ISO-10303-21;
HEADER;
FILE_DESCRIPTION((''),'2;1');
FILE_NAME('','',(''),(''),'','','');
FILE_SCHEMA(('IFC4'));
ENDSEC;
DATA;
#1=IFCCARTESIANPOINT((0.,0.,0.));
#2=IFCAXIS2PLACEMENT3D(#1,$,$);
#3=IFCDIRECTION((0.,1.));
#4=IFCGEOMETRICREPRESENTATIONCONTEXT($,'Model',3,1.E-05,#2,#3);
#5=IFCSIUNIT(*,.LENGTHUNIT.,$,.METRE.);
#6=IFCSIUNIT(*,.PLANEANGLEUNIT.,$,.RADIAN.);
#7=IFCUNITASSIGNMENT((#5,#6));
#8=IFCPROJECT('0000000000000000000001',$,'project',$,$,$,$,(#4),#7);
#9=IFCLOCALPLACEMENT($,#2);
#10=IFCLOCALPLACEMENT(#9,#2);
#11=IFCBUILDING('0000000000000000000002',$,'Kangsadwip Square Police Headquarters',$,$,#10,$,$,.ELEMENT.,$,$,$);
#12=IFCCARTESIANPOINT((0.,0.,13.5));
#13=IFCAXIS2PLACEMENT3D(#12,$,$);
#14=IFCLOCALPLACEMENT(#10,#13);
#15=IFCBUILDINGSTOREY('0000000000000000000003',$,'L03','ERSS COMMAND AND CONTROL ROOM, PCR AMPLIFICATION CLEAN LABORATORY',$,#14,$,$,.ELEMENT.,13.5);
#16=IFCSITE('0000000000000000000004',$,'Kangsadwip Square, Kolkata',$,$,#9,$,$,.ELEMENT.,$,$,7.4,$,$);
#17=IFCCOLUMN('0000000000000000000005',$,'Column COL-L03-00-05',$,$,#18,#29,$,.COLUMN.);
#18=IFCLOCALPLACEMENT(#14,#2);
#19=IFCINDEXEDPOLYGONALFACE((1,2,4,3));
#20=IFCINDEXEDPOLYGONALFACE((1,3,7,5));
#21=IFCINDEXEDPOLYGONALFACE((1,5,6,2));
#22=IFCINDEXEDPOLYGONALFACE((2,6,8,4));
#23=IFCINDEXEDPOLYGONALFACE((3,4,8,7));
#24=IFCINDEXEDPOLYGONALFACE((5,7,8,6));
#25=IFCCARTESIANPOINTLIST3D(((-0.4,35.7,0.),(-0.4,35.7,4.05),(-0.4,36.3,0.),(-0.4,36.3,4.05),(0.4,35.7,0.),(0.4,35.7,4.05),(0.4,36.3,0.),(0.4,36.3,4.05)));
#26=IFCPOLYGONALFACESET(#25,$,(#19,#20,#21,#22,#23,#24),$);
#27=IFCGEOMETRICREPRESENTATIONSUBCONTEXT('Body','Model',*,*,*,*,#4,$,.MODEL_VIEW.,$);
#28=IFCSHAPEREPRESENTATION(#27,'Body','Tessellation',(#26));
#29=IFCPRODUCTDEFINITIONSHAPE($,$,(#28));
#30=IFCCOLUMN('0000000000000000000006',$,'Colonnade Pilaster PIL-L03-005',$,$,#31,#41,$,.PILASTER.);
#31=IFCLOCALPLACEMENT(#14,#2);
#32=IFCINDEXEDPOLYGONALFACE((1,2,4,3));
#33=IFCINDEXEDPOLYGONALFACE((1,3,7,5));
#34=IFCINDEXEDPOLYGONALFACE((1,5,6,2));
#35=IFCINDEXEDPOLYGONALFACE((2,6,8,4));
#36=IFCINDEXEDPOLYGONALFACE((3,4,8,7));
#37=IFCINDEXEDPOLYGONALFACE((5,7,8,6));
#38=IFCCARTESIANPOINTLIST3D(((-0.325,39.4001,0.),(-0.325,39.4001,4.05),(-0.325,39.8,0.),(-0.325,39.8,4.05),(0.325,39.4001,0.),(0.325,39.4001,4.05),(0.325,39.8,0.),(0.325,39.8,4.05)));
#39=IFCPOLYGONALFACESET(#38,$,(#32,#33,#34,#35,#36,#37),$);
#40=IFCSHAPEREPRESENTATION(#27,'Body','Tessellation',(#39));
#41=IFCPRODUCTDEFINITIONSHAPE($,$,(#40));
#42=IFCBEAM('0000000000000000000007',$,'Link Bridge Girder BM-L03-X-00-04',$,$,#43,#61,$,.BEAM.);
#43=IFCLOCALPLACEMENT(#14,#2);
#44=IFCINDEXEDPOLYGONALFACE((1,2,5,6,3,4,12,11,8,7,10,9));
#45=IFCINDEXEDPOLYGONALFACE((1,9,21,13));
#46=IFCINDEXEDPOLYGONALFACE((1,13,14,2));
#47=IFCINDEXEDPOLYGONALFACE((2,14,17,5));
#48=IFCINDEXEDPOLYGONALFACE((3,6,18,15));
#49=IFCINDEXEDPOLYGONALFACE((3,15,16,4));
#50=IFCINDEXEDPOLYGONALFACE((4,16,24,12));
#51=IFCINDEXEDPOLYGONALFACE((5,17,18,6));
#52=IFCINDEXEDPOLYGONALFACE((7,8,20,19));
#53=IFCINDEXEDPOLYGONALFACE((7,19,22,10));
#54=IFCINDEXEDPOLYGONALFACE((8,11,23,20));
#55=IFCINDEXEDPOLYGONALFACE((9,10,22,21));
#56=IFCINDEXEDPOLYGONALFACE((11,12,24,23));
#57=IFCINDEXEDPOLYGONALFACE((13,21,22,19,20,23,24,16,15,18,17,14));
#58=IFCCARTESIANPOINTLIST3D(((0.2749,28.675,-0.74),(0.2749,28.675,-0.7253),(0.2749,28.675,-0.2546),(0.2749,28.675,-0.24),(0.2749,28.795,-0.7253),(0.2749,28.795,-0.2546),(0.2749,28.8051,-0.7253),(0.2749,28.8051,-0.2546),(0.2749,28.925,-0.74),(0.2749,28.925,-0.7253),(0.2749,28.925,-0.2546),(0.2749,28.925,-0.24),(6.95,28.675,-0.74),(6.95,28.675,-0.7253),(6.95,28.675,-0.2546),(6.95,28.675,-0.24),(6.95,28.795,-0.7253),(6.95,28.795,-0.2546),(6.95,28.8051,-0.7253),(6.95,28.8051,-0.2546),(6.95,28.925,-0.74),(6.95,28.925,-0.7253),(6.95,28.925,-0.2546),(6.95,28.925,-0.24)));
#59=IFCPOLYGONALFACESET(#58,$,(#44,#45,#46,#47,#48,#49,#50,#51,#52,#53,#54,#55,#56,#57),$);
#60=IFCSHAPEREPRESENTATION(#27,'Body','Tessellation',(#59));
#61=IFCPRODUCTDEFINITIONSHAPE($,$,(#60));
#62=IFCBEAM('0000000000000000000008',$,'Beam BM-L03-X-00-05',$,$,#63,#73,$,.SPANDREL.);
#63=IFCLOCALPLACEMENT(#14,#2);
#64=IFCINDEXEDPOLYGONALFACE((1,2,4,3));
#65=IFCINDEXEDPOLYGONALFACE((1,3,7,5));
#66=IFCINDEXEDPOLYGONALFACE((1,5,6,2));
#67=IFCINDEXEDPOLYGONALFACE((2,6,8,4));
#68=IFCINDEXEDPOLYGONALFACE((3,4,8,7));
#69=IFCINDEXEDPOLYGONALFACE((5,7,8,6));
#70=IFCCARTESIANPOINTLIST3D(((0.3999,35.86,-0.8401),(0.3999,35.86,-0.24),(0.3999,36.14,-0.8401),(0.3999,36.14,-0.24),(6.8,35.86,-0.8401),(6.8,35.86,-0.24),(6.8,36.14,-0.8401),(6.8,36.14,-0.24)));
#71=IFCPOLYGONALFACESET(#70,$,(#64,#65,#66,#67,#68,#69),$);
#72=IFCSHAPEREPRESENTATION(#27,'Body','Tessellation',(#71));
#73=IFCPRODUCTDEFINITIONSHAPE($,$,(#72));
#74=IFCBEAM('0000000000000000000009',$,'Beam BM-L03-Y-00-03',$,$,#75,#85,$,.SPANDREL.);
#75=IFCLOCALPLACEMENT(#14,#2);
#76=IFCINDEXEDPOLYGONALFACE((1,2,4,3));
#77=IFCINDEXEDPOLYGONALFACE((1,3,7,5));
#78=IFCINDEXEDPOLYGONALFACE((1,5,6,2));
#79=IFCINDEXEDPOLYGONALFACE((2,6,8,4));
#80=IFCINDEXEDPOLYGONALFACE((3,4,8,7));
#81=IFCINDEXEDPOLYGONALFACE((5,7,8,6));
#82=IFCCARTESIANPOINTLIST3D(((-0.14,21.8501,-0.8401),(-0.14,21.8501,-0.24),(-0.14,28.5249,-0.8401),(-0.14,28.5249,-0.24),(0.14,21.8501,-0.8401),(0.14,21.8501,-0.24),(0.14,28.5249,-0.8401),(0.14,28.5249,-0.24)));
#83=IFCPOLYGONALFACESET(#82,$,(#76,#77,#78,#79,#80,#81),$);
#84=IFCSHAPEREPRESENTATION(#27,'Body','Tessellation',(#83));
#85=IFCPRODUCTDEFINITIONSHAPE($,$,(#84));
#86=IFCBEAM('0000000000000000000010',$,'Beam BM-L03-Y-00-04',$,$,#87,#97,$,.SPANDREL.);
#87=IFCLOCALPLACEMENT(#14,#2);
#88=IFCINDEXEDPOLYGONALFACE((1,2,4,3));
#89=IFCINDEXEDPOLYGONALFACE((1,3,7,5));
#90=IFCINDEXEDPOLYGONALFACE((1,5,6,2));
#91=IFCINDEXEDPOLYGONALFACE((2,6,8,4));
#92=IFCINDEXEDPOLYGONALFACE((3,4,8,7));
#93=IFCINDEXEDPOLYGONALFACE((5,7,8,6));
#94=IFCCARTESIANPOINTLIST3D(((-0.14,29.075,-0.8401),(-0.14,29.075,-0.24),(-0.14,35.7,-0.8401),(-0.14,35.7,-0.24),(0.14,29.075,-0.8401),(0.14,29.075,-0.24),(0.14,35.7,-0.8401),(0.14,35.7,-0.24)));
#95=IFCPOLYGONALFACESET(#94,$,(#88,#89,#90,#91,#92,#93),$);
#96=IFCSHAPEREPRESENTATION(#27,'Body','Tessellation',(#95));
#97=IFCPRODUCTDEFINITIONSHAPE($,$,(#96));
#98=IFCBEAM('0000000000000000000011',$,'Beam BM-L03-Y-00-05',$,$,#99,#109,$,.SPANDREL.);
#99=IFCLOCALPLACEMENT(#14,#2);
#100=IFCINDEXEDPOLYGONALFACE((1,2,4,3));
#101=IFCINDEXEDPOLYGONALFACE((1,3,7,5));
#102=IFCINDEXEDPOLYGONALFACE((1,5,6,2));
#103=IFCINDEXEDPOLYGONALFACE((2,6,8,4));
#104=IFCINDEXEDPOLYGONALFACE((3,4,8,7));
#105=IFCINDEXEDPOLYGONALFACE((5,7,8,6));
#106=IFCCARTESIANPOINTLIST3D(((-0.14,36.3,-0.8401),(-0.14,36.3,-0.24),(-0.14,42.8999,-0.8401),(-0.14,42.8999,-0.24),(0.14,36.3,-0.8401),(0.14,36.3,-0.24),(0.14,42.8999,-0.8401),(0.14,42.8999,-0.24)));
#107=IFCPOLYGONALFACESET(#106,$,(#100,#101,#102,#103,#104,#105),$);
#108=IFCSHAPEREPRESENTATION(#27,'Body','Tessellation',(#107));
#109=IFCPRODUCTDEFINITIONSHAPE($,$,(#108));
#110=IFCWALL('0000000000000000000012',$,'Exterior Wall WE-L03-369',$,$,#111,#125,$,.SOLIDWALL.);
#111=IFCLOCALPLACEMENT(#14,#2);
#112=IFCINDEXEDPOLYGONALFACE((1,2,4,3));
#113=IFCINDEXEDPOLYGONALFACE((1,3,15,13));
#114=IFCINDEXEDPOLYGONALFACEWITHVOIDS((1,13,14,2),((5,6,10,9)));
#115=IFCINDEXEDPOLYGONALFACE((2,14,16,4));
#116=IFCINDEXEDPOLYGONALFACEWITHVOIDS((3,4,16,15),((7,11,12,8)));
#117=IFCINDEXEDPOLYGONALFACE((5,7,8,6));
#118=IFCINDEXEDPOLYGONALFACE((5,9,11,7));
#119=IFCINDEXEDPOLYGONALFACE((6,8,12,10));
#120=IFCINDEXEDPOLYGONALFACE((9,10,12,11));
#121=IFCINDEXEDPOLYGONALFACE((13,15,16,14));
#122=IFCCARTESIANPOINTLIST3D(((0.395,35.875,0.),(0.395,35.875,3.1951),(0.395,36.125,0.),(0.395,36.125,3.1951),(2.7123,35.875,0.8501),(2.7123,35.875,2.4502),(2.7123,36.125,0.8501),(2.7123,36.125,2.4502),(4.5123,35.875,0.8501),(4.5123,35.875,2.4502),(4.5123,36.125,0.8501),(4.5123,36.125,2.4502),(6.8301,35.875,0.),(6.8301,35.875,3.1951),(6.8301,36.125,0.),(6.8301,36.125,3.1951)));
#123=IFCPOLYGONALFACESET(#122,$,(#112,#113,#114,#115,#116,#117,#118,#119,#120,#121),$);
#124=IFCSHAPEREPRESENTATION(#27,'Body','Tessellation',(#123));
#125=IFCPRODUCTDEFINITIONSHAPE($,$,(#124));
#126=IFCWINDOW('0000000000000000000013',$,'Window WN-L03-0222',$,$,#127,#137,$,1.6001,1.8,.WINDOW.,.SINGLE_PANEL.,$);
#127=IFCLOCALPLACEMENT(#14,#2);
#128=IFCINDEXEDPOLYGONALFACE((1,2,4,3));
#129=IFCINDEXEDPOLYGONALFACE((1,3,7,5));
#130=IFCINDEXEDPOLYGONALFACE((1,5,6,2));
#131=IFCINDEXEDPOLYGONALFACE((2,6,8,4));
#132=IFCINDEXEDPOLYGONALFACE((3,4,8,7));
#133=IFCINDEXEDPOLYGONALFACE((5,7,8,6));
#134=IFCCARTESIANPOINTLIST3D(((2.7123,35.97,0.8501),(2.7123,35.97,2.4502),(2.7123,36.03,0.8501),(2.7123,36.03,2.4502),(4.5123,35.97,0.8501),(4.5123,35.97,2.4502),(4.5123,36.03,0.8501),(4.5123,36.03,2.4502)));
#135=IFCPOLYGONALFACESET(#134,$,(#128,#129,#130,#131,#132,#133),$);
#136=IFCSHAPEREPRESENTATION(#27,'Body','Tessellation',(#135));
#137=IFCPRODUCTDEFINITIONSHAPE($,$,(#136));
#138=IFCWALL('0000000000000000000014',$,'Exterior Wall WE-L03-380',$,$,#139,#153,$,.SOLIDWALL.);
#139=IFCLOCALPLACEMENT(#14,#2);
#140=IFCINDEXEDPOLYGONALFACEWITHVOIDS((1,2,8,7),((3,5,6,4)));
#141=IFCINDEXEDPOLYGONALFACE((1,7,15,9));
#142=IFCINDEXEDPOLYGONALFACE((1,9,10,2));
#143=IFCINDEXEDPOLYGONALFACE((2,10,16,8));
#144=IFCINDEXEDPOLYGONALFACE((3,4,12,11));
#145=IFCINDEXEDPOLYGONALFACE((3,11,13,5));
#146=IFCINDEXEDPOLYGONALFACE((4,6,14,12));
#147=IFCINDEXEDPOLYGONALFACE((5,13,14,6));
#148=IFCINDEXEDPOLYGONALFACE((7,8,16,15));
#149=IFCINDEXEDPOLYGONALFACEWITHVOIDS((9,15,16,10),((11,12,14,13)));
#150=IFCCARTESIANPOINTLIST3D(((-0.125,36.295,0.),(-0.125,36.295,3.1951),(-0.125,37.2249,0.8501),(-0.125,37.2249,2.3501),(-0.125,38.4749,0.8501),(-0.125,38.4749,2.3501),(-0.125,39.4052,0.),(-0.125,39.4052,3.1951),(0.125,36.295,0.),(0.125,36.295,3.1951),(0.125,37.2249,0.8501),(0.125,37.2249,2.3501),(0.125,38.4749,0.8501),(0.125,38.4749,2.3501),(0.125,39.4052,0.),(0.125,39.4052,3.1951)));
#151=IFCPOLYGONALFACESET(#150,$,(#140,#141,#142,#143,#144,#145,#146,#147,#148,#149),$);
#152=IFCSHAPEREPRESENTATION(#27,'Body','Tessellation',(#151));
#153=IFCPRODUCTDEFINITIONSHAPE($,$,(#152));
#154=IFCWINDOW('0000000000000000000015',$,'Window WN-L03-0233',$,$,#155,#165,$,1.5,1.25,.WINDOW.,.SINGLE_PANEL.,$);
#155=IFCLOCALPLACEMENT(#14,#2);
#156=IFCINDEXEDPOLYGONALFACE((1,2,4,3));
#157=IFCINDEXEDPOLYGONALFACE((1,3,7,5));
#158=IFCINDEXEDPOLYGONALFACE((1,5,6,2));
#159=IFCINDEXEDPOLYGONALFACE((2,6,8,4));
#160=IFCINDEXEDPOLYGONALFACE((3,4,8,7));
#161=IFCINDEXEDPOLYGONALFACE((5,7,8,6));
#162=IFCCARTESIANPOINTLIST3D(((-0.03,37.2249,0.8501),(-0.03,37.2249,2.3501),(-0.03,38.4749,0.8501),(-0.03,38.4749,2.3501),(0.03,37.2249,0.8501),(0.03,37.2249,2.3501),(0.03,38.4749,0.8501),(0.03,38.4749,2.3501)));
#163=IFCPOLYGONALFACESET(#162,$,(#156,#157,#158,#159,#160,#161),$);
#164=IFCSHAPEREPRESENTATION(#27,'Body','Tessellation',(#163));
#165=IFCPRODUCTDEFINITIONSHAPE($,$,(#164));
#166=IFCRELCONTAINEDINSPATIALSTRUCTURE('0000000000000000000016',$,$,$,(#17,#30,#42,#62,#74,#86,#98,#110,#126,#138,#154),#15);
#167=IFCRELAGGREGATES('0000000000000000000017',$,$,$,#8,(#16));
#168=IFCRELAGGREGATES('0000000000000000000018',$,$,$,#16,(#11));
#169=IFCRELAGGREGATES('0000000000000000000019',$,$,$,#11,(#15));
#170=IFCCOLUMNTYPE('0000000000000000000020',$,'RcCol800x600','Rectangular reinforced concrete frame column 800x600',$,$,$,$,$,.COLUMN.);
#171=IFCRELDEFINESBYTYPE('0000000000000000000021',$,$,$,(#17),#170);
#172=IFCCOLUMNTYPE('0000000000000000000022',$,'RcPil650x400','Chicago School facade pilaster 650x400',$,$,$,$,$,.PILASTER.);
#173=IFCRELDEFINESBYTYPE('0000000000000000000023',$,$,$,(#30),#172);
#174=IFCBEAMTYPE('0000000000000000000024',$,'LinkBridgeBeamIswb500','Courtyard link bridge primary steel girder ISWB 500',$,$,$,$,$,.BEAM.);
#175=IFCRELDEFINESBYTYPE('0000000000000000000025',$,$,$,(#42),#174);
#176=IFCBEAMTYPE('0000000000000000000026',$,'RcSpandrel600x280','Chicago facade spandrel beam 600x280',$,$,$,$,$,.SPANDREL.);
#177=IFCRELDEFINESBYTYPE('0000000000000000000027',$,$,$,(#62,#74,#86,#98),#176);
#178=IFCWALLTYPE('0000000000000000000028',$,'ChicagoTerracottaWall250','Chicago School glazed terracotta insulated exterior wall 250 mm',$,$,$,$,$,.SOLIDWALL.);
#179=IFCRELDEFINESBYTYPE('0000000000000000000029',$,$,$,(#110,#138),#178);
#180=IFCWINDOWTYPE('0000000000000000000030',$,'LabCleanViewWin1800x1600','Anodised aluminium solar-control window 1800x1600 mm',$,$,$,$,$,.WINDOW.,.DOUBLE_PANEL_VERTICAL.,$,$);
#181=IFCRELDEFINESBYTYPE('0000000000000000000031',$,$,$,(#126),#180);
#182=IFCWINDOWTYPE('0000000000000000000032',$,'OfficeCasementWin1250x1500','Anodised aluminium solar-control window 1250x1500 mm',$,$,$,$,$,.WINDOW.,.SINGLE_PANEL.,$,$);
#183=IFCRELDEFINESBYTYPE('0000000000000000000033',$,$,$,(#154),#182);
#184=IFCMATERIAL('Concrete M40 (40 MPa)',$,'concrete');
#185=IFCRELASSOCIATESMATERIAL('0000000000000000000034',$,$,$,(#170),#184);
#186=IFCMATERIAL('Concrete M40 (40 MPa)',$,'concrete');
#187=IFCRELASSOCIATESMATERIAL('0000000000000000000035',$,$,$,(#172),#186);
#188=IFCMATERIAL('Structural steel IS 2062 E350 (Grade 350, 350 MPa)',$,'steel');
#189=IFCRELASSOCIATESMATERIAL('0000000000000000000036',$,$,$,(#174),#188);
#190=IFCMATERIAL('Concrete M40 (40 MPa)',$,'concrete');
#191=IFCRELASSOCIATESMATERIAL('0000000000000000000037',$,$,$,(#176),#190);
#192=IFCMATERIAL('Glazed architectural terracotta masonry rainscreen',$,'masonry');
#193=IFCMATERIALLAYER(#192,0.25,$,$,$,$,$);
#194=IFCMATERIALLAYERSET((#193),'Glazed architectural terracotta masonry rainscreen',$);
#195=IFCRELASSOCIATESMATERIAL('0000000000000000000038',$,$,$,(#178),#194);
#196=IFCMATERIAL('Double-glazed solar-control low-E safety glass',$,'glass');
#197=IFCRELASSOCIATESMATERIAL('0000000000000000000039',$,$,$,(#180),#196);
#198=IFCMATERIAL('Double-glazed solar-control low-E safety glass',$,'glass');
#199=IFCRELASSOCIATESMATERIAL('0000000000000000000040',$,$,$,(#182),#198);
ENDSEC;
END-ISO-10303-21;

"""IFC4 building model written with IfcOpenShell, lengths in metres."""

from ifc_helpers import new_model, si_unit, direction, frame, frame_2d, origin, origin_2d, place, context, subcontext, project, spatial, rectangle, i_section, extrude, material, layer, layer_set, material_profile, profile_set, type_object, element, fill, save


model = new_model("IFC4")

# Units and contexts
model_context = context("Model", 3, precision=1e-05, world=origin(), true_north=direction((0.0, 1.0)))
body_context = subcontext(model_context, "Body", "Model", "MODEL_VIEW")
ifc_project = project(units=[si_unit("LENGTHUNIT", "METRE"), si_unit("PLANEANGLEUNIT", "RADIAN")], contexts=[model_context])

# Site, building, storey
site_placement = place(None, origin())
site = spatial("IfcSite", under=ifc_project, at=site_placement, Name="Kangsadwip Square, Kolkata", CompositionType="ELEMENT", RefElevation=7.4)
building_placement = place(site_placement, origin())
building = spatial("IfcBuilding", under=site, at=building_placement, Name="Kangsadwip Square Police Headquarters", CompositionType="ELEMENT")
storey_placement = place(building_placement, frame((0.0, 0.0, 13.5)))
storey = spatial("IfcBuildingStorey", under=building, at=storey_placement, Name="L03", Description="ERSS COMMAND AND CONTROL ROOM, PCR AMPLIFICATION CLEAN LABORATORY", CompositionType="ELEMENT", Elevation=13.5)

# Columns
ifc_material_1 = material(Name="Concrete M40 (40 MPa)", Category="concrete")
ifc_material_profile_1 = material_profile(ifc_material_1, rectangle(XDim=0.6001, YDim=0.8, at=origin_2d()), Name="RC COL 800X600")
ifc_profile_set_1 = profile_set([ifc_material_profile_1], Name="Concrete M40 (40 MPa)")
column_type_1 = type_object("IfcColumnType", Name="RcCol800x600", Description="Rectangular reinforced concrete frame column 800x600", PredefinedType="COLUMN", material=ifc_profile_set_1)
column_1_placement = place(storey_placement, frame((0.0, 36.0, 0.0), z_axis=(0.0, 0.0, 1.0), x_axis=(0.0, 1.0, 0.0)))
element("IfcColumn", 1, at=column_1_placement, inside=storey, type_object=column_type_1, Name="Column COL-L03-00-05", PredefinedType="COLUMN", context=body_context, shape_type="SweptSolid", body=[
    extrude(rectangle(XDim=0.6001, YDim=0.8, at=origin_2d()), origin(), (0.0, 0.0, 1.0), 4.05),
])
ifc_material_2 = material(Name="Concrete M40 (40 MPa)", Category="concrete")
ifc_material_profile_2 = material_profile(ifc_material_2, rectangle(XDim=0.3999, YDim=0.6499, at=origin_2d()), Name="RC PIL 650X400")
ifc_profile_set_2 = profile_set([ifc_material_profile_2], Name="Concrete M40 (40 MPa)")
column_type_2 = type_object("IfcColumnType", Name="RcPil650x400", Description="Chicago School facade pilaster 650x400", PredefinedType="PILASTER", material=ifc_profile_set_2)
column_2_placement = place(storey_placement, frame((0.0, 39.6001, 0.0), z_axis=(0.0, 0.0, 1.0), x_axis=(0.0, 1.0, 0.0)))
element("IfcColumn", 2, at=column_2_placement, inside=storey, type_object=column_type_2, Name="Colonnade Pilaster PIL-L03-005", PredefinedType="PILASTER", context=body_context, shape_type="SweptSolid", body=[
    extrude(rectangle(XDim=0.3999, YDim=0.6499, at=origin_2d()), origin(), (0.0, 0.0, 1.0), 4.05),
])

# Beams
ifc_material_3 = material(Name="Structural steel IS 2062 E350 (Grade 350, 350 MPa)", Category="steel")
ifc_material_profile_3 = material_profile(ifc_material_3, i_section(OverallWidth=0.25, OverallDepth=0.5, WebThickness=0.01, FlangeThickness=0.0146, at=origin_2d()), Name="ISWB 500")
ifc_profile_set_3 = profile_set([ifc_material_profile_3], Name="Structural steel IS 2062 E350 (Grade 350, 350 MPa)")
beam_type_1 = type_object("IfcBeamType", Name="LinkBridgeBeamIswb500", Description="Courtyard link bridge primary steel girder ISWB 500", PredefinedType="BEAM", material=ifc_profile_set_3)
beam_1_placement = place(storey_placement, frame((0.2749, 28.8, -0.49), z_axis=(1.0, 0.0, 0.0), x_axis=(0.0, 1.0, 0.0)))
element("IfcBeam", 3, at=beam_1_placement, inside=storey, type_object=beam_type_1, Name="Link Bridge Girder BM-L03-X-00-04", PredefinedType="BEAM", context=body_context, shape_type="SweptSolid", body=[
    extrude(i_section(OverallWidth=0.25, OverallDepth=0.5, WebThickness=0.01, FlangeThickness=0.0146, at=origin_2d()), origin(), (0.0, 0.0, 1.0), 6.675),
])
ifc_material_4 = material(Name="Concrete M40 (40 MPa)", Category="concrete")
ifc_material_profile_4 = material_profile(ifc_material_4, rectangle(XDim=0.28, YDim=0.6001, at=origin_2d()), Name="RC SPN 600X280")
ifc_profile_set_4 = profile_set([ifc_material_profile_4], Name="Concrete M40 (40 MPa)")
beam_type_2 = type_object("IfcBeamType", Name="RcSpandrel600x280", Description="Chicago facade spandrel beam 600x280", PredefinedType="SPANDREL", material=ifc_profile_set_4)
beam_2_placement = place(storey_placement, frame((0.3999, 36.0, -0.54), z_axis=(1.0, 0.0, 0.0), x_axis=(0.0, 1.0, 0.0)))
element("IfcBeam", 4, at=beam_2_placement, inside=storey, type_object=beam_type_2, Name="Beam BM-L03-X-00-05", PredefinedType="SPANDREL", context=body_context, shape_type="SweptSolid", body=[
    extrude(rectangle(XDim=0.28, YDim=0.6001, at=origin_2d()), origin(), (0.0, 0.0, 1.0), 6.4001),
])
beam_3_placement = place(storey_placement, frame((0.0, 21.8501, -0.54), z_axis=(0.0, 1.0, 0.0), x_axis=(-1.0, 0.0, 0.0)))
element("IfcBeam", 5, at=beam_3_placement, inside=storey, type_object=beam_type_2, Name="Beam BM-L03-Y-00-03", PredefinedType="SPANDREL", context=body_context, shape_type="SweptSolid", body=[
    extrude(rectangle(XDim=0.28, YDim=0.6001, at=origin_2d()), origin(), (0.0, 0.0, 1.0), 6.6748),
])
beam_4_placement = place(storey_placement, frame((0.0, 29.075, -0.54), z_axis=(0.0, 1.0, 0.0), x_axis=(-1.0, 0.0, 0.0)))
element("IfcBeam", 6, at=beam_4_placement, inside=storey, type_object=beam_type_2, Name="Beam BM-L03-Y-00-04", PredefinedType="SPANDREL", context=body_context, shape_type="SweptSolid", body=[
    extrude(rectangle(XDim=0.28, YDim=0.6001, at=origin_2d()), origin(), (0.0, 0.0, 1.0), 6.625),
])
beam_5_placement = place(storey_placement, frame((0.0, 36.3, -0.54), z_axis=(0.0, 1.0, 0.0), x_axis=(-1.0, 0.0, 0.0)))
element("IfcBeam", 7, at=beam_5_placement, inside=storey, type_object=beam_type_2, Name="Beam BM-L03-Y-00-05", PredefinedType="SPANDREL", context=body_context, shape_type="SweptSolid", body=[
    extrude(rectangle(XDim=0.28, YDim=0.6001, at=origin_2d()), origin(), (0.0, 0.0, 1.0), 6.5999),
])

# Walls, openings, windows
ifc_material_5 = material(Name="Glazed architectural terracotta masonry rainscreen", Category="masonry")
ifc_layer_1 = layer(ifc_material_5, 0.25)
ifc_layer_set_1 = layer_set([ifc_layer_1], Name="Glazed architectural terracotta masonry rainscreen")
wall_type_1 = type_object("IfcWallType", Name="ChicagoTerracottaWall250", Description="Chicago School glazed terracotta insulated exterior wall 250 mm", PredefinedType="SOLIDWALL", material=ifc_layer_set_1)
wall_1_placement = place(storey_placement, frame((0.395, 36.0, 0.0), z_axis=(0.0, 0.0, 1.0), x_axis=(1.0, 0.0, 0.0)))
wall_1 = element("IfcWall", 8, at=wall_1_placement, inside=storey, type_object=wall_type_1, Name="Exterior Wall WE-L03-369", PredefinedType="SOLIDWALL", context=body_context, shape_type="SweptSolid", body=[
    extrude(rectangle(XDim=6.4351, YDim=0.25, at=frame_2d((3.2175, 0.0))), origin(), (0.0, 0.0, 1.0), 3.1951),
])
opening_1_placement = place(wall_1_placement, frame((2.3174, 0.0, 0.8501)))
opening_1 = element("IfcOpeningElement", 9, at=opening_1_placement, cuts=wall_1, PredefinedType="OPENING", context=body_context, shape_type="SweptSolid", body=[
    extrude(rectangle(XDim=1.8, YDim=1.6001, at=frame_2d((0.8999, 0.8))), frame((0.0, 0.135, 0.0), z_axis=(0.0, -1.0, 0.0), x_axis=(1.0, 0.0, 0.0)), (0.0, 0.0, 1.0), 0.27),
])
ifc_material_6 = material(Name="Double-glazed solar-control low-E safety glass", Category="glass")
window_type_1 = type_object("IfcWindowType", Name="LabCleanViewWin1800x1600", Description="Anodised aluminium solar-control window 1800x1600 mm", PartitioningType="DOUBLE_PANEL_VERTICAL", PredefinedType="WINDOW", material=ifc_material_6)
window_1_placement = place(opening_1_placement, origin())
window_1 = element("IfcWindow", 10, at=window_1_placement, inside=storey, type_object=window_type_1, Name="Window WN-L03-0222", OverallHeight=1.6001, OverallWidth=1.8, PartitioningType="SINGLE_PANEL", PredefinedType="WINDOW", context=body_context, shape_type="SweptSolid", body=[
    extrude(rectangle(XDim=1.8, YDim=1.6001, at=frame_2d((0.8999, 0.8))), frame((0.0, 0.03, 0.0), z_axis=(0.0, -1.0, 0.0), x_axis=(1.0, 0.0, 0.0)), (0.0, 0.0, 1.0), 0.0601),
])
fill(opening_1, window_1)
wall_2_placement = place(storey_placement, frame((0.0, 36.2949, 0.0), z_axis=(0.0, 0.0, 1.0), x_axis=(0.0, 1.0, 0.0)))
wall_2 = element("IfcWall", 11, at=wall_2_placement, inside=storey, type_object=wall_type_1, Name="Exterior Wall WE-L03-380", PredefinedType="SOLIDWALL", context=body_context, shape_type="SweptSolid", body=[
    extrude(rectangle(XDim=3.1101, YDim=0.25, at=frame_2d((1.5552, 0.0))), origin(), (0.0, 0.0, 1.0), 3.1951),
])
opening_2_placement = place(wall_2_placement, frame((0.9299, 0.0, 0.8501)))
opening_2 = element("IfcOpeningElement", 12, at=opening_2_placement, cuts=wall_2, PredefinedType="OPENING", context=body_context, shape_type="SweptSolid", body=[
    extrude(rectangle(XDim=1.25, YDim=1.5, at=frame_2d((0.625, 0.75))), frame((0.0, 0.135, 0.0), z_axis=(0.0, -1.0, 0.0), x_axis=(1.0, 0.0, 0.0)), (0.0, 0.0, 1.0), 0.27),
])
ifc_material_7 = material(Name="Double-glazed solar-control low-E safety glass", Category="glass")
window_type_2 = type_object("IfcWindowType", Name="OfficeCasementWin1250x1500", Description="Anodised aluminium solar-control window 1250x1500 mm", PartitioningType="SINGLE_PANEL", PredefinedType="WINDOW", material=ifc_material_7)
window_2_placement = place(opening_2_placement, origin())
window_2 = element("IfcWindow", 13, at=window_2_placement, inside=storey, type_object=window_type_2, Name="Window WN-L03-0233", OverallHeight=1.5, OverallWidth=1.25, PartitioningType="SINGLE_PANEL", PredefinedType="WINDOW", context=body_context, shape_type="SweptSolid", body=[
    extrude(rectangle(XDim=1.25, YDim=1.5, at=frame_2d((0.625, 0.75))), frame((0.0, 0.03, 0.0), z_axis=(0.0, -1.0, 0.0), x_axis=(1.0, 0.0, 0.0)), (0.0, 0.0, 1.0), 0.0601),
])
fill(opening_2, window_2)

save(model, "model.ifc")
